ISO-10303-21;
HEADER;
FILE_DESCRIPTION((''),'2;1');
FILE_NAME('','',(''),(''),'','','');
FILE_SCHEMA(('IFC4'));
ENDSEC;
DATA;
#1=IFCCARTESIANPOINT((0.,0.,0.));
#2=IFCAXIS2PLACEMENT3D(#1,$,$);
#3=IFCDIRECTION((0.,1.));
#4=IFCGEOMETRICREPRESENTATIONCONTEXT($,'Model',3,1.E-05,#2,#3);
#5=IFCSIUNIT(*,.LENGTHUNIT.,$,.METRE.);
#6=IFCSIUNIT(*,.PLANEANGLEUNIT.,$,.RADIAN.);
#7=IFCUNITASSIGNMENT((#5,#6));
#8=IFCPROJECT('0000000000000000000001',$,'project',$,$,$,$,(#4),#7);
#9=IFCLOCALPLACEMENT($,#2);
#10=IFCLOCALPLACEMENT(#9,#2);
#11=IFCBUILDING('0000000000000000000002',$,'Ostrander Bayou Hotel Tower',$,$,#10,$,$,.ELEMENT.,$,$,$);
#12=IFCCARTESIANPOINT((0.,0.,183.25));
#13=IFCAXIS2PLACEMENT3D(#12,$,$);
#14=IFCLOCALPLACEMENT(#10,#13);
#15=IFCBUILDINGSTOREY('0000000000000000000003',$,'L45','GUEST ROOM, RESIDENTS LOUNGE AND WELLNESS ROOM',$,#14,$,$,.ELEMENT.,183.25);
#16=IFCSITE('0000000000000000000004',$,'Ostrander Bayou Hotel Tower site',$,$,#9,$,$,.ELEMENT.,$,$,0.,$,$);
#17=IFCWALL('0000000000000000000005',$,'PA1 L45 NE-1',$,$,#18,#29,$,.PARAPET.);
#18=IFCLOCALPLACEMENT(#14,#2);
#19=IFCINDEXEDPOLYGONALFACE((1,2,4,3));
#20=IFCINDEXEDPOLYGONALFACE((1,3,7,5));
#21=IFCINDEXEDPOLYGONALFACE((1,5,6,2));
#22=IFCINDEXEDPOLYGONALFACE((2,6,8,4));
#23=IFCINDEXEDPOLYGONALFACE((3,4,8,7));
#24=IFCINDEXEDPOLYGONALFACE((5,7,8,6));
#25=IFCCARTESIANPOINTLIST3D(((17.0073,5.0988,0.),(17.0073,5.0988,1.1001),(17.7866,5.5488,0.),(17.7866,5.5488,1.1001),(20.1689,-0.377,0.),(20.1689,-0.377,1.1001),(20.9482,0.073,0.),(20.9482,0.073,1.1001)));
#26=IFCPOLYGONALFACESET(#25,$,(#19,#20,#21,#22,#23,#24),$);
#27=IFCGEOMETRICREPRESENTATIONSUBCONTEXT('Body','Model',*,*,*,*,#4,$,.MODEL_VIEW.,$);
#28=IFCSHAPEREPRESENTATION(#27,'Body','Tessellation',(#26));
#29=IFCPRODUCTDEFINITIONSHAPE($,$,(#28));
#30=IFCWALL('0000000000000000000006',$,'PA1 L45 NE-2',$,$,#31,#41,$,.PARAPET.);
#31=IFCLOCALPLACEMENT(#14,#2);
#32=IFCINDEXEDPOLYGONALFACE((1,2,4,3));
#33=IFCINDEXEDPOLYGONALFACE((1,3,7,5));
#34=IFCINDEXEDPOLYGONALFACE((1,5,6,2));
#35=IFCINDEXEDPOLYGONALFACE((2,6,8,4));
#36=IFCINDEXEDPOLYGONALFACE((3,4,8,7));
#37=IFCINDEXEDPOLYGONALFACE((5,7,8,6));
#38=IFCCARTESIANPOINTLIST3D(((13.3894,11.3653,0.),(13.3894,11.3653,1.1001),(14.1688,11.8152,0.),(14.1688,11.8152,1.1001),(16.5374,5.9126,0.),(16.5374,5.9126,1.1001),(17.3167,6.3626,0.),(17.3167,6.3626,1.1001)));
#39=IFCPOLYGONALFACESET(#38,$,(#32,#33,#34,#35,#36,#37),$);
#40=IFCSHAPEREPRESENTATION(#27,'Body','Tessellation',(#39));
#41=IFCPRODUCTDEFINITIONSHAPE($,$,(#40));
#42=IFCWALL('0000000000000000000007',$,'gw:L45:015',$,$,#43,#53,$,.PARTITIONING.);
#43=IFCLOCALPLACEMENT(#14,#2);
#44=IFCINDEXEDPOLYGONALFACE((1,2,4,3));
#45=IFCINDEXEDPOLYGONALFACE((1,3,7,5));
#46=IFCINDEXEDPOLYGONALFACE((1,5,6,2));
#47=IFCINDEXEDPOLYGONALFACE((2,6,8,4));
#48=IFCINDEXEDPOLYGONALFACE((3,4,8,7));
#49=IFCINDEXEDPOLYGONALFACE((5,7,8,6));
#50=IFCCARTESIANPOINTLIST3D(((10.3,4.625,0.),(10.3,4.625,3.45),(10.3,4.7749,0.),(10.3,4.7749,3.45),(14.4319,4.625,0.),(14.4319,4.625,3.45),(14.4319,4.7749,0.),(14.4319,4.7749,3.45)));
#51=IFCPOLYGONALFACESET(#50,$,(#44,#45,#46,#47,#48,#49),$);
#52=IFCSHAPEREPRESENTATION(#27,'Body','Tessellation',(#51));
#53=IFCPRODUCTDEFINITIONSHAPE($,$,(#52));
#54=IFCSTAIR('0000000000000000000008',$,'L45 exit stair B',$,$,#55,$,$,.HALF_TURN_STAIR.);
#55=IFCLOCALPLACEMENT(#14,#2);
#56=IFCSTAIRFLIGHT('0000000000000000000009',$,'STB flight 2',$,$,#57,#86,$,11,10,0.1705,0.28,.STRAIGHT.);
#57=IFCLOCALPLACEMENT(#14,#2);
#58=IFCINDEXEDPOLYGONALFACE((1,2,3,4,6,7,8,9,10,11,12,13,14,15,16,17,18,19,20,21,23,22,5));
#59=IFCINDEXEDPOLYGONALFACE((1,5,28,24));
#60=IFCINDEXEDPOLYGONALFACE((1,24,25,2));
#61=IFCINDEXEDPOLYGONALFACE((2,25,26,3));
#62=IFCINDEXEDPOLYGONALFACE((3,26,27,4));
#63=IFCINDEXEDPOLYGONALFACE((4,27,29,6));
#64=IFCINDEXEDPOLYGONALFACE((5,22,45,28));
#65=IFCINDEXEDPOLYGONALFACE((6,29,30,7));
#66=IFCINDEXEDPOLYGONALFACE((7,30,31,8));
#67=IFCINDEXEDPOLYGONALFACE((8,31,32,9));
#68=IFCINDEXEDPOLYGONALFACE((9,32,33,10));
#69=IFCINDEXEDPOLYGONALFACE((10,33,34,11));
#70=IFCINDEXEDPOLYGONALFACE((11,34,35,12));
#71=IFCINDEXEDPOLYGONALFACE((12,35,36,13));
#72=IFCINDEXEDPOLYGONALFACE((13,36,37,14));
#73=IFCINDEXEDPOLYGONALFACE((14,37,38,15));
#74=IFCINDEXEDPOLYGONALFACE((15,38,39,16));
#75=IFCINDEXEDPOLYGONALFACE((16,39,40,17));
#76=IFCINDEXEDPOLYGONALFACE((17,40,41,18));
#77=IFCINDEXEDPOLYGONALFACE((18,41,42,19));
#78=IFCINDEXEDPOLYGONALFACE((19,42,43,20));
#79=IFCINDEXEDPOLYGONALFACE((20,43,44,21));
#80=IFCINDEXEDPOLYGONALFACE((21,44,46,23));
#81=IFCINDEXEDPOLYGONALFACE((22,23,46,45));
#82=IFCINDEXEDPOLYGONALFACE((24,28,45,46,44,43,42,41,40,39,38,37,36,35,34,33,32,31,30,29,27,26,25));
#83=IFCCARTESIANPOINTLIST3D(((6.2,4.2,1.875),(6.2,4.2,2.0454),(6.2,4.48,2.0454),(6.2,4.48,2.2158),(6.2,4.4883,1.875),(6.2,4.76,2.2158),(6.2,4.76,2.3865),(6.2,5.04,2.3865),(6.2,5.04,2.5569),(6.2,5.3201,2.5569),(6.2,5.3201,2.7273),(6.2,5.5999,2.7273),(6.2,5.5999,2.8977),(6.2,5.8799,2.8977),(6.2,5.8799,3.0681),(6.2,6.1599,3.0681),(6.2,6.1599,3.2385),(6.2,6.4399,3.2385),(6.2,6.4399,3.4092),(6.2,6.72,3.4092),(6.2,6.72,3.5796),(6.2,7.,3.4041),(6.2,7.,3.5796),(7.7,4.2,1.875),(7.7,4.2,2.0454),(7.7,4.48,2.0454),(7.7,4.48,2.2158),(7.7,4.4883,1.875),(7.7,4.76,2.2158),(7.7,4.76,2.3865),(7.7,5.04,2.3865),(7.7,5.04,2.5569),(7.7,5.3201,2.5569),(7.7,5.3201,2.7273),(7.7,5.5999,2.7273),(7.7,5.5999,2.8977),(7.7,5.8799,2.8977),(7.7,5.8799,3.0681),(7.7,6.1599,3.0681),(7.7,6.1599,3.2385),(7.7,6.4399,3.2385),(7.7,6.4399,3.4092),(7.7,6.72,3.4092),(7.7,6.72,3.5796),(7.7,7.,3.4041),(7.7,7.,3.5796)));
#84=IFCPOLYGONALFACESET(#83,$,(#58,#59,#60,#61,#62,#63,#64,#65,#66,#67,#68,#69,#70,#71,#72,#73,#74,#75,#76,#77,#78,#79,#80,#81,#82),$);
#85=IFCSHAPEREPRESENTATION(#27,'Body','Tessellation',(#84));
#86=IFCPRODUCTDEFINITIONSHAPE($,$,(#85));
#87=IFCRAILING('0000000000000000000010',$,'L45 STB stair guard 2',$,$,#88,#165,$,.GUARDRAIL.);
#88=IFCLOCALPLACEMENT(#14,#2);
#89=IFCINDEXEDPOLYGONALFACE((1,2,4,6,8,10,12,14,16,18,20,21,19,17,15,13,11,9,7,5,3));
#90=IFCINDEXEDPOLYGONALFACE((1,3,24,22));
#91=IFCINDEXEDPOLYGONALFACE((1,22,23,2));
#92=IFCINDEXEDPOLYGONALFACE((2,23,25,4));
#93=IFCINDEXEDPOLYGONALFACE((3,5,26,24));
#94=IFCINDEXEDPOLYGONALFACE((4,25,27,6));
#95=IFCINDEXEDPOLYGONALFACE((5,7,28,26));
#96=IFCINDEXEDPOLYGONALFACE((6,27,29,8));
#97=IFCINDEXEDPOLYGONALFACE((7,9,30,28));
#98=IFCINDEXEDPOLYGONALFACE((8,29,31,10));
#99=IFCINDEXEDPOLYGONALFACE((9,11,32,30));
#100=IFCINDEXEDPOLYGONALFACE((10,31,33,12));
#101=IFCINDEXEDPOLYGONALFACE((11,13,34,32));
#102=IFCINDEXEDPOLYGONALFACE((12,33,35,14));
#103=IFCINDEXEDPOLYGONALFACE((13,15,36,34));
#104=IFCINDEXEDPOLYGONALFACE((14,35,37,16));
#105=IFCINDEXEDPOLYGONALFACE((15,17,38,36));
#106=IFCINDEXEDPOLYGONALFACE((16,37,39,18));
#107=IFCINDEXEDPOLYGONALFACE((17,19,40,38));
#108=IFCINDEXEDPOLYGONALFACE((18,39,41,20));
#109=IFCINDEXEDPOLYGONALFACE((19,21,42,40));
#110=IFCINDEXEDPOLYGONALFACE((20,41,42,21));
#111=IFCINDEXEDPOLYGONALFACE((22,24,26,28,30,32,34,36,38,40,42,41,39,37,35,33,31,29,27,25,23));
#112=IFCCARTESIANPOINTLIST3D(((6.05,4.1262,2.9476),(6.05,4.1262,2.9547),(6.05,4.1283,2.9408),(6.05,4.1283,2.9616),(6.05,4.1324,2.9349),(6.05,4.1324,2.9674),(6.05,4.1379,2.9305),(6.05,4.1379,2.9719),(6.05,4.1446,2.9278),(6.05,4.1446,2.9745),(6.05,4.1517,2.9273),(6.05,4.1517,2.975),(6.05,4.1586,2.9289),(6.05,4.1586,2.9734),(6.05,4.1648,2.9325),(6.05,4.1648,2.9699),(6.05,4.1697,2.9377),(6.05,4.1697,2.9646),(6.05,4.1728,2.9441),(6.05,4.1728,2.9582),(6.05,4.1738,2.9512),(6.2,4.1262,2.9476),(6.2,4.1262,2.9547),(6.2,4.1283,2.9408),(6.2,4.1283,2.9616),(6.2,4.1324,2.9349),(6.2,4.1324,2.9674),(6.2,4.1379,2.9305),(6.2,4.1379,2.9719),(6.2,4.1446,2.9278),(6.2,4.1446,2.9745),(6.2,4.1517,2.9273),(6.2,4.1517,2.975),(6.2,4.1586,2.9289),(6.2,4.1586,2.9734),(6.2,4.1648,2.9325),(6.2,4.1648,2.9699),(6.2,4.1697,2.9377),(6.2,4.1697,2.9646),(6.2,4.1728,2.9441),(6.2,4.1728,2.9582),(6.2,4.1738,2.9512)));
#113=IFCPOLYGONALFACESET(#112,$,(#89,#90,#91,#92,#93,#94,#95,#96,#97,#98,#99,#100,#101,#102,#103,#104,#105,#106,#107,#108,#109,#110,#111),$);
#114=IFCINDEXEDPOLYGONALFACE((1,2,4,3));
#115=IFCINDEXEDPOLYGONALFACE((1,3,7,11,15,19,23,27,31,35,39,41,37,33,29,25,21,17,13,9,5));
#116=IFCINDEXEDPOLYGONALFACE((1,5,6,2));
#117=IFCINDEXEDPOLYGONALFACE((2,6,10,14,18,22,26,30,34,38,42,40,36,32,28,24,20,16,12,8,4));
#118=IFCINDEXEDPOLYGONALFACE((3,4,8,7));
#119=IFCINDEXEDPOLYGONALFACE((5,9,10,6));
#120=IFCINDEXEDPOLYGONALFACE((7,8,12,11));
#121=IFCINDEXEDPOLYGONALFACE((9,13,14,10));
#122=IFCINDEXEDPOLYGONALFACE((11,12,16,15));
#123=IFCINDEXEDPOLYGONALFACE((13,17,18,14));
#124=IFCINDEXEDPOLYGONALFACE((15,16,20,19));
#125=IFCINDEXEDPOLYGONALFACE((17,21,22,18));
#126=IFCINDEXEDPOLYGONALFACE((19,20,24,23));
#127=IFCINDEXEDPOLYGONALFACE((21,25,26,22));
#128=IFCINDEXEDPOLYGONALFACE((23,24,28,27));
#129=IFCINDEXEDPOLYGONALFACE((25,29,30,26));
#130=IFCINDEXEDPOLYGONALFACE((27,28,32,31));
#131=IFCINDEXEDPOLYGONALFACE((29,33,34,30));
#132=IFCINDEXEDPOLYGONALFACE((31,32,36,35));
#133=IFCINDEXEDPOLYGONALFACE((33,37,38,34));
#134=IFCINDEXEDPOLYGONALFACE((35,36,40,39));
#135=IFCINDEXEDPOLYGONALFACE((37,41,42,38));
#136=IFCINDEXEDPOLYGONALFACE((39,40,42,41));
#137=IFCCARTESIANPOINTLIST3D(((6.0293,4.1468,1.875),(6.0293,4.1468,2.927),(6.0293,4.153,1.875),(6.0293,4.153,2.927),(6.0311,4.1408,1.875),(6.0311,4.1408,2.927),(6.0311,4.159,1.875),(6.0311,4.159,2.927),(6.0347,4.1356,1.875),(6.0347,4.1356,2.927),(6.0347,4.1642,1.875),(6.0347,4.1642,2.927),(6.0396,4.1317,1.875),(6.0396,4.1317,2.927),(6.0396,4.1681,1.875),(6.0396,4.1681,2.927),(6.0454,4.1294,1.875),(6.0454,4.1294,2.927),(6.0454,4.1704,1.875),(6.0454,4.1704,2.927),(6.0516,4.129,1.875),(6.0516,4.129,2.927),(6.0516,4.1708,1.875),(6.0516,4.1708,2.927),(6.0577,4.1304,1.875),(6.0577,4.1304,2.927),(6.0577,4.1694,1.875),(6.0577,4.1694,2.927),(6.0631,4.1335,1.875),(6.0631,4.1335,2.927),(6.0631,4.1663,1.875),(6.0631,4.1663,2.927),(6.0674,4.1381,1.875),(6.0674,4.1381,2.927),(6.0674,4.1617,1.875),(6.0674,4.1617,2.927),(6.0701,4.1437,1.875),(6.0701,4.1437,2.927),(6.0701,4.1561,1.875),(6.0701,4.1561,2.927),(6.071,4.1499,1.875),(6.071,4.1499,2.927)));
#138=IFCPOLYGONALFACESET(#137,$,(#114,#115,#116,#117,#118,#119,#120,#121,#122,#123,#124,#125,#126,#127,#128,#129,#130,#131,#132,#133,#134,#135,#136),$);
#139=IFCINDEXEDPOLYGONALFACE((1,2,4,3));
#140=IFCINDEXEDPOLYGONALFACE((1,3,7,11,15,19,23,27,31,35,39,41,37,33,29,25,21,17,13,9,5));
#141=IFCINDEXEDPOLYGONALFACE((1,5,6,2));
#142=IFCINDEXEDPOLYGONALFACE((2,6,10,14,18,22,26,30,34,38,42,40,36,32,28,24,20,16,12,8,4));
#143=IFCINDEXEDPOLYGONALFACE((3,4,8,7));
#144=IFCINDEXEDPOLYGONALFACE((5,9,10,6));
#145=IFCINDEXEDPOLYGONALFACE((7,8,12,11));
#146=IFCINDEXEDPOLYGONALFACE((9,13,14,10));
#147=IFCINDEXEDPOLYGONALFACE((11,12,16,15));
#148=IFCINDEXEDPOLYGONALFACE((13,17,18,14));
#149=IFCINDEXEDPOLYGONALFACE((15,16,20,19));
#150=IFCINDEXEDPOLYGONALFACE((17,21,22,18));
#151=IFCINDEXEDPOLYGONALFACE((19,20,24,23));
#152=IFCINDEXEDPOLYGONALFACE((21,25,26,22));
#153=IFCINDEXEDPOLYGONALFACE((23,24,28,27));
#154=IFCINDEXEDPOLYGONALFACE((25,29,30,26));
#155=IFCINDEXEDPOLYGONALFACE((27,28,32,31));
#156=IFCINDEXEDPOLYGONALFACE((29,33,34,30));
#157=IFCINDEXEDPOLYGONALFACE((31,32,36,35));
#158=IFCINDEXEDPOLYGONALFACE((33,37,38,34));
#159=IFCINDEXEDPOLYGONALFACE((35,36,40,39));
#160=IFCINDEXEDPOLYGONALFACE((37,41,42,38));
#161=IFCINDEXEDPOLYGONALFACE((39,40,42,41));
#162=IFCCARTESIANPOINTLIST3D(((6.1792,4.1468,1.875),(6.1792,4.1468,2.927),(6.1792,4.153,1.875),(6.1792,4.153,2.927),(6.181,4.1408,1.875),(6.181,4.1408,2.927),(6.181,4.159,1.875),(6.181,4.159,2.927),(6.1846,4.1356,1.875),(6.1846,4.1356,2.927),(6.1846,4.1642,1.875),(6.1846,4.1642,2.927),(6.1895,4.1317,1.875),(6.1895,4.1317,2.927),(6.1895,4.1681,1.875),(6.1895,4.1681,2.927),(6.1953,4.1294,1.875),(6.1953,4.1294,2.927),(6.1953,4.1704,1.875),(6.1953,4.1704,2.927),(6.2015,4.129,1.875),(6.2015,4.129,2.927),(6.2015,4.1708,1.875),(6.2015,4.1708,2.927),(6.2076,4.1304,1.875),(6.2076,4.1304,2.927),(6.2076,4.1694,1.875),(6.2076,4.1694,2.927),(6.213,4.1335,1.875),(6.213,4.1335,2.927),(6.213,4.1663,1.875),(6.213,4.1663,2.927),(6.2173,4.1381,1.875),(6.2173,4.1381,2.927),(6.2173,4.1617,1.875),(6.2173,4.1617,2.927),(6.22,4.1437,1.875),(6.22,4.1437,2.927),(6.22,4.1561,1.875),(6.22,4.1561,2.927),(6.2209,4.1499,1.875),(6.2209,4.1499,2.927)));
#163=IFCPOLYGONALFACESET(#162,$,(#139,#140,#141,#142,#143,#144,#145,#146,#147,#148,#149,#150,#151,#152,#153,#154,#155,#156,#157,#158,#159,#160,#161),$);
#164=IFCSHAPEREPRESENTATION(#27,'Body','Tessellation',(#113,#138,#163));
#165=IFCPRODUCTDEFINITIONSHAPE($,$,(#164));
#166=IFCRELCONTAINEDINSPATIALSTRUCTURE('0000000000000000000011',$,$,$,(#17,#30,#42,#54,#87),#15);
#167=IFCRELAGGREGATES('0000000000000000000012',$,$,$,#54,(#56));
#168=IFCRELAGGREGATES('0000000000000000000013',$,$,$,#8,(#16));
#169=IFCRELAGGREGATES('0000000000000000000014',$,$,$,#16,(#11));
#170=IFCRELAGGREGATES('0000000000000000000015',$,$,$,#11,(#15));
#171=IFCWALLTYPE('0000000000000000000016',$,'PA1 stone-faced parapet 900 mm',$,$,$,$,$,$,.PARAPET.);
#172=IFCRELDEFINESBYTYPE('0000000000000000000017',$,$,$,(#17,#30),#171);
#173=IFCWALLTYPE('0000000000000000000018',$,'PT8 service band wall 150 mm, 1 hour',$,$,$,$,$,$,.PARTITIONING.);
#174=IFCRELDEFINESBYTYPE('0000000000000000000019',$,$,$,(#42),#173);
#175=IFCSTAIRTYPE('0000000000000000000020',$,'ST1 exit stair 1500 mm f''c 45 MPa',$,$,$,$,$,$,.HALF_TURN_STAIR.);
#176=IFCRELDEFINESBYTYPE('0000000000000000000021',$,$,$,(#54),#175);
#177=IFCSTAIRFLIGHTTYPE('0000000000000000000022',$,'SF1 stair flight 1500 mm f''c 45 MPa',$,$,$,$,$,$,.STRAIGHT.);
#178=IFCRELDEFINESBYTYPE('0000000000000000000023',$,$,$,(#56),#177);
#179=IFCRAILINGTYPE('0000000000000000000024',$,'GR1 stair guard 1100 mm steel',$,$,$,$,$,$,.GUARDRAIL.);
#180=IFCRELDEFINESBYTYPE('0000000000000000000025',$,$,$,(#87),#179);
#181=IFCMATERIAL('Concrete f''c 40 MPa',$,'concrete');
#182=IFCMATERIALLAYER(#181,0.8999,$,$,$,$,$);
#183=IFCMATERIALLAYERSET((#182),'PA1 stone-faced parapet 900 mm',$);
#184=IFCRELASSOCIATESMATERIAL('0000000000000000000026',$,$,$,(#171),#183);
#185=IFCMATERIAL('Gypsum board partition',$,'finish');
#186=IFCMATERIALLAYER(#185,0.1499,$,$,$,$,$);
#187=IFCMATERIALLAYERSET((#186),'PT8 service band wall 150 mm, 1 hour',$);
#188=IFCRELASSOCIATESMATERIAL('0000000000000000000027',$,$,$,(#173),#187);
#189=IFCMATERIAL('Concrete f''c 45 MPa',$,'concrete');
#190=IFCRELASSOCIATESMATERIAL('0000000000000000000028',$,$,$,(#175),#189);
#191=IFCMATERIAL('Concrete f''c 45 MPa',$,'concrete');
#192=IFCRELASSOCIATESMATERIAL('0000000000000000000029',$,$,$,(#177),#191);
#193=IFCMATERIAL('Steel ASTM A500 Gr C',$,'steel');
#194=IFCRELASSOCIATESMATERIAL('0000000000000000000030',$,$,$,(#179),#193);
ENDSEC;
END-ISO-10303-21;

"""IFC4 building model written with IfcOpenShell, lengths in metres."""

from ifc_helpers import new_model, si_unit, direction, frame, frame_2d, origin, origin_2d, place, context, subcontext, project, spatial, polyline, rectangle, circle, outline, extrude, material, layer, layer_set, type_object, element, aggregate, save


model = new_model("IFC4")

# Units and contexts
model_context = context("Model", 3, precision=1e-05, world=origin(), true_north=direction((0.0, 1.0)))
body_context = subcontext(model_context, "Body", "Model", "MODEL_VIEW")
ifc_project = project(units=[si_unit("LENGTHUNIT", "METRE"), si_unit("PLANEANGLEUNIT", "RADIAN")], contexts=[model_context])

# Site, building, storey
site_placement = place(None, origin())
site = spatial("IfcSite", under=ifc_project, at=site_placement, Name="Ostrander Bayou Hotel Tower site", CompositionType="ELEMENT", RefElevation=0.0)
building_placement = place(site_placement, origin())
building = spatial("IfcBuilding", under=site, at=building_placement, Name="Ostrander Bayou Hotel Tower", CompositionType="ELEMENT")
storey_placement = place(building_placement, frame((0.0, 0.0, 183.25)))
storey = spatial("IfcBuildingStorey", under=building, at=storey_placement, Name="L45", Description="GUEST ROOM, RESIDENTS LOUNGE AND WELLNESS ROOM", CompositionType="ELEMENT", Elevation=183.25)

# Walls
ifc_material_1 = material(Name="Concrete f'c 40 MPa", Category="concrete")
ifc_layer_1 = layer(ifc_material_1, 0.8999)
ifc_layer_set_1 = layer_set([ifc_layer_1], Name="PA1 stone-faced parapet 900 mm")
wall_type_1 = type_object("IfcWallType", Name="PA1 stone-faced parapet 900 mm", PredefinedType="PARAPET", material=ifc_layer_set_1)
wall_1_placement = place(storey_placement, frame((20.5586, -0.1521, 0.0), z_axis=(0.0, 0.0, 1.0), x_axis=(-0.500018, 0.866015, 0.0)))
element("IfcWall", 1, at=wall_1_placement, inside=storey, type_object=wall_type_1, Name="PA1 L45 NE-1", PredefinedType="PARAPET", context=body_context, shape_type="SweptSolid", body=[
    extrude(rectangle(XDim=6.323, YDim=0.8999, at=frame_2d((3.1616, 0.0))), origin(), (0.0, 0.0, 1.0), 1.1001),
])
wall_2_placement = place(storey_placement, frame((16.927, 6.1377, 0.0), z_axis=(0.0, 0.0, 1.0), x_axis=(-0.499984, 0.866034, 0.0)))
element("IfcWall", 2, at=wall_2_placement, inside=storey, type_object=wall_type_1, Name="PA1 L45 NE-2", PredefinedType="PARAPET", context=body_context, shape_type="SweptSolid", body=[
    extrude(rectangle(XDim=6.2961, YDim=0.8999, at=frame_2d((3.1479, 0.0))), origin(), (0.0, 0.0, 1.0), 1.1001),
])
ifc_material_2 = material(Name="Gypsum board partition", Category="finish")
ifc_layer_2 = layer(ifc_material_2, 0.1499)
ifc_layer_set_2 = layer_set([ifc_layer_2], Name="PT8 service band wall 150 mm, 1 hour")
wall_type_2 = type_object("IfcWallType", Name="PT8 service band wall 150 mm, 1 hour", PredefinedType="PARTITIONING", material=ifc_layer_set_2)
wall_3_placement = place(storey_placement, frame((10.3, 4.7, 0.0), z_axis=(0.0, 0.0, 1.0), x_axis=(1.0, 0.0, 0.0)))
element("IfcWall", 3, at=wall_3_placement, inside=storey, type_object=wall_type_2, Name="gw:L45:015", PredefinedType="PARTITIONING", context=body_context, shape_type="SweptSolid", body=[
    extrude(rectangle(XDim=4.1318, YDim=0.1499, at=frame_2d((2.0659, 0.0))), origin(), (0.0, 0.0, 1.0), 3.45),
])

# Stair, stair flight
ifc_material_3 = material(Name="Concrete f'c 45 MPa", Category="concrete")
stair_type = type_object("IfcStairType", Name="ST1 exit stair 1500 mm f'c 45 MPa", PredefinedType="HALF_TURN_STAIR", material=ifc_material_3)
stair_placement = place(storey_placement, origin())
stair = element("IfcStair", 4, at=stair_placement, inside=storey, type_object=stair_type, Name="L45 exit stair B", PredefinedType="HALF_TURN_STAIR")
ifc_material_4 = material(Name="Concrete f'c 45 MPa", Category="concrete")
stair_flight_type = type_object("IfcStairFlightType", Name="SF1 stair flight 1500 mm f'c 45 MPa", PredefinedType="STRAIGHT", material=ifc_material_4)
stair_flight_placement = place(storey_placement, frame((6.95, 4.2, 1.875), z_axis=(0.0, 0.0, 1.0), x_axis=(0.0, 1.0, 0.0)))
stair_flight = element("IfcStairFlight", 5, at=stair_flight_placement, type_object=stair_flight_type, Name="STB flight 2", NumberOfRisers=11, NumberOfTreads=10, PredefinedType="STRAIGHT", RiserHeight=0.1705, TreadLength=0.28, context=body_context, shape_type="SweptSolid", body=[
    extrude(outline(polyline([(0.0, 0.0), (0.0, 0.1704), (0.28, 0.1704), (0.28, 0.3408), (0.5601, 0.3408), (0.5601, 0.5115), (0.8401, 0.5115), (0.8401, 0.6819), (1.1201, 0.6819), (1.1201, 0.8523), (1.3999, 0.8523), (1.3999, 1.0227), (1.6799, 1.0227), (1.6799, 1.1931), (1.96, 1.1931), (1.96, 1.3635), (2.24, 1.3635), (2.24, 1.5342), (2.52, 1.5342), (2.52, 1.7046), (2.8, 1.7046), (2.8, 1.875), (2.8, 1.5291), (0.2883, 0.0), (0.0, 0.0)])), frame((0.0, 0.75, 0.0), z_axis=(0.0, -1.0, 0.0), x_axis=(1.0, 0.0, 0.0)), (0.0, 0.0, 1.0), 1.5),
])
aggregate(stair, [stair_flight])

# Railing
ifc_material_5 = material(Name="Steel ASTM A500 Gr C", Category="steel")
railing_type_1 = type_object("IfcRailingType", Name="GR1 stair guard 1100 mm steel", PredefinedType="GUARDRAIL", material=ifc_material_5)
railing_1_placement = place(storey_placement, frame((6.05, 4.1499, 1.875)))
element("IfcRailing", 6, at=railing_1_placement, inside=storey, type_object=railing_type_1, Name="L45 STB stair guard 2", PredefinedType="GUARDRAIL", context=body_context, shape_type="SweptSolid", body=[
    extrude(circle(Radius=0.0239, at=origin_2d()), frame((0.0, 0.0, 1.0762), z_axis=(1.0, 0.0, 0.0), x_axis=(0.0, 1.0, 0.0)), (0.0, 0.0, 1.0), 0.1499),
    extrude(circle(Radius=0.021, at=origin_2d()), origin(), (0.0, 0.0, 1.0), 1.052),
    extrude(circle(Radius=0.021, at=origin_2d()), frame((0.1499, 0.0, 0.0)), (0.0, 0.0, 1.0), 1.052),
])

save(model, "model.ifc")
